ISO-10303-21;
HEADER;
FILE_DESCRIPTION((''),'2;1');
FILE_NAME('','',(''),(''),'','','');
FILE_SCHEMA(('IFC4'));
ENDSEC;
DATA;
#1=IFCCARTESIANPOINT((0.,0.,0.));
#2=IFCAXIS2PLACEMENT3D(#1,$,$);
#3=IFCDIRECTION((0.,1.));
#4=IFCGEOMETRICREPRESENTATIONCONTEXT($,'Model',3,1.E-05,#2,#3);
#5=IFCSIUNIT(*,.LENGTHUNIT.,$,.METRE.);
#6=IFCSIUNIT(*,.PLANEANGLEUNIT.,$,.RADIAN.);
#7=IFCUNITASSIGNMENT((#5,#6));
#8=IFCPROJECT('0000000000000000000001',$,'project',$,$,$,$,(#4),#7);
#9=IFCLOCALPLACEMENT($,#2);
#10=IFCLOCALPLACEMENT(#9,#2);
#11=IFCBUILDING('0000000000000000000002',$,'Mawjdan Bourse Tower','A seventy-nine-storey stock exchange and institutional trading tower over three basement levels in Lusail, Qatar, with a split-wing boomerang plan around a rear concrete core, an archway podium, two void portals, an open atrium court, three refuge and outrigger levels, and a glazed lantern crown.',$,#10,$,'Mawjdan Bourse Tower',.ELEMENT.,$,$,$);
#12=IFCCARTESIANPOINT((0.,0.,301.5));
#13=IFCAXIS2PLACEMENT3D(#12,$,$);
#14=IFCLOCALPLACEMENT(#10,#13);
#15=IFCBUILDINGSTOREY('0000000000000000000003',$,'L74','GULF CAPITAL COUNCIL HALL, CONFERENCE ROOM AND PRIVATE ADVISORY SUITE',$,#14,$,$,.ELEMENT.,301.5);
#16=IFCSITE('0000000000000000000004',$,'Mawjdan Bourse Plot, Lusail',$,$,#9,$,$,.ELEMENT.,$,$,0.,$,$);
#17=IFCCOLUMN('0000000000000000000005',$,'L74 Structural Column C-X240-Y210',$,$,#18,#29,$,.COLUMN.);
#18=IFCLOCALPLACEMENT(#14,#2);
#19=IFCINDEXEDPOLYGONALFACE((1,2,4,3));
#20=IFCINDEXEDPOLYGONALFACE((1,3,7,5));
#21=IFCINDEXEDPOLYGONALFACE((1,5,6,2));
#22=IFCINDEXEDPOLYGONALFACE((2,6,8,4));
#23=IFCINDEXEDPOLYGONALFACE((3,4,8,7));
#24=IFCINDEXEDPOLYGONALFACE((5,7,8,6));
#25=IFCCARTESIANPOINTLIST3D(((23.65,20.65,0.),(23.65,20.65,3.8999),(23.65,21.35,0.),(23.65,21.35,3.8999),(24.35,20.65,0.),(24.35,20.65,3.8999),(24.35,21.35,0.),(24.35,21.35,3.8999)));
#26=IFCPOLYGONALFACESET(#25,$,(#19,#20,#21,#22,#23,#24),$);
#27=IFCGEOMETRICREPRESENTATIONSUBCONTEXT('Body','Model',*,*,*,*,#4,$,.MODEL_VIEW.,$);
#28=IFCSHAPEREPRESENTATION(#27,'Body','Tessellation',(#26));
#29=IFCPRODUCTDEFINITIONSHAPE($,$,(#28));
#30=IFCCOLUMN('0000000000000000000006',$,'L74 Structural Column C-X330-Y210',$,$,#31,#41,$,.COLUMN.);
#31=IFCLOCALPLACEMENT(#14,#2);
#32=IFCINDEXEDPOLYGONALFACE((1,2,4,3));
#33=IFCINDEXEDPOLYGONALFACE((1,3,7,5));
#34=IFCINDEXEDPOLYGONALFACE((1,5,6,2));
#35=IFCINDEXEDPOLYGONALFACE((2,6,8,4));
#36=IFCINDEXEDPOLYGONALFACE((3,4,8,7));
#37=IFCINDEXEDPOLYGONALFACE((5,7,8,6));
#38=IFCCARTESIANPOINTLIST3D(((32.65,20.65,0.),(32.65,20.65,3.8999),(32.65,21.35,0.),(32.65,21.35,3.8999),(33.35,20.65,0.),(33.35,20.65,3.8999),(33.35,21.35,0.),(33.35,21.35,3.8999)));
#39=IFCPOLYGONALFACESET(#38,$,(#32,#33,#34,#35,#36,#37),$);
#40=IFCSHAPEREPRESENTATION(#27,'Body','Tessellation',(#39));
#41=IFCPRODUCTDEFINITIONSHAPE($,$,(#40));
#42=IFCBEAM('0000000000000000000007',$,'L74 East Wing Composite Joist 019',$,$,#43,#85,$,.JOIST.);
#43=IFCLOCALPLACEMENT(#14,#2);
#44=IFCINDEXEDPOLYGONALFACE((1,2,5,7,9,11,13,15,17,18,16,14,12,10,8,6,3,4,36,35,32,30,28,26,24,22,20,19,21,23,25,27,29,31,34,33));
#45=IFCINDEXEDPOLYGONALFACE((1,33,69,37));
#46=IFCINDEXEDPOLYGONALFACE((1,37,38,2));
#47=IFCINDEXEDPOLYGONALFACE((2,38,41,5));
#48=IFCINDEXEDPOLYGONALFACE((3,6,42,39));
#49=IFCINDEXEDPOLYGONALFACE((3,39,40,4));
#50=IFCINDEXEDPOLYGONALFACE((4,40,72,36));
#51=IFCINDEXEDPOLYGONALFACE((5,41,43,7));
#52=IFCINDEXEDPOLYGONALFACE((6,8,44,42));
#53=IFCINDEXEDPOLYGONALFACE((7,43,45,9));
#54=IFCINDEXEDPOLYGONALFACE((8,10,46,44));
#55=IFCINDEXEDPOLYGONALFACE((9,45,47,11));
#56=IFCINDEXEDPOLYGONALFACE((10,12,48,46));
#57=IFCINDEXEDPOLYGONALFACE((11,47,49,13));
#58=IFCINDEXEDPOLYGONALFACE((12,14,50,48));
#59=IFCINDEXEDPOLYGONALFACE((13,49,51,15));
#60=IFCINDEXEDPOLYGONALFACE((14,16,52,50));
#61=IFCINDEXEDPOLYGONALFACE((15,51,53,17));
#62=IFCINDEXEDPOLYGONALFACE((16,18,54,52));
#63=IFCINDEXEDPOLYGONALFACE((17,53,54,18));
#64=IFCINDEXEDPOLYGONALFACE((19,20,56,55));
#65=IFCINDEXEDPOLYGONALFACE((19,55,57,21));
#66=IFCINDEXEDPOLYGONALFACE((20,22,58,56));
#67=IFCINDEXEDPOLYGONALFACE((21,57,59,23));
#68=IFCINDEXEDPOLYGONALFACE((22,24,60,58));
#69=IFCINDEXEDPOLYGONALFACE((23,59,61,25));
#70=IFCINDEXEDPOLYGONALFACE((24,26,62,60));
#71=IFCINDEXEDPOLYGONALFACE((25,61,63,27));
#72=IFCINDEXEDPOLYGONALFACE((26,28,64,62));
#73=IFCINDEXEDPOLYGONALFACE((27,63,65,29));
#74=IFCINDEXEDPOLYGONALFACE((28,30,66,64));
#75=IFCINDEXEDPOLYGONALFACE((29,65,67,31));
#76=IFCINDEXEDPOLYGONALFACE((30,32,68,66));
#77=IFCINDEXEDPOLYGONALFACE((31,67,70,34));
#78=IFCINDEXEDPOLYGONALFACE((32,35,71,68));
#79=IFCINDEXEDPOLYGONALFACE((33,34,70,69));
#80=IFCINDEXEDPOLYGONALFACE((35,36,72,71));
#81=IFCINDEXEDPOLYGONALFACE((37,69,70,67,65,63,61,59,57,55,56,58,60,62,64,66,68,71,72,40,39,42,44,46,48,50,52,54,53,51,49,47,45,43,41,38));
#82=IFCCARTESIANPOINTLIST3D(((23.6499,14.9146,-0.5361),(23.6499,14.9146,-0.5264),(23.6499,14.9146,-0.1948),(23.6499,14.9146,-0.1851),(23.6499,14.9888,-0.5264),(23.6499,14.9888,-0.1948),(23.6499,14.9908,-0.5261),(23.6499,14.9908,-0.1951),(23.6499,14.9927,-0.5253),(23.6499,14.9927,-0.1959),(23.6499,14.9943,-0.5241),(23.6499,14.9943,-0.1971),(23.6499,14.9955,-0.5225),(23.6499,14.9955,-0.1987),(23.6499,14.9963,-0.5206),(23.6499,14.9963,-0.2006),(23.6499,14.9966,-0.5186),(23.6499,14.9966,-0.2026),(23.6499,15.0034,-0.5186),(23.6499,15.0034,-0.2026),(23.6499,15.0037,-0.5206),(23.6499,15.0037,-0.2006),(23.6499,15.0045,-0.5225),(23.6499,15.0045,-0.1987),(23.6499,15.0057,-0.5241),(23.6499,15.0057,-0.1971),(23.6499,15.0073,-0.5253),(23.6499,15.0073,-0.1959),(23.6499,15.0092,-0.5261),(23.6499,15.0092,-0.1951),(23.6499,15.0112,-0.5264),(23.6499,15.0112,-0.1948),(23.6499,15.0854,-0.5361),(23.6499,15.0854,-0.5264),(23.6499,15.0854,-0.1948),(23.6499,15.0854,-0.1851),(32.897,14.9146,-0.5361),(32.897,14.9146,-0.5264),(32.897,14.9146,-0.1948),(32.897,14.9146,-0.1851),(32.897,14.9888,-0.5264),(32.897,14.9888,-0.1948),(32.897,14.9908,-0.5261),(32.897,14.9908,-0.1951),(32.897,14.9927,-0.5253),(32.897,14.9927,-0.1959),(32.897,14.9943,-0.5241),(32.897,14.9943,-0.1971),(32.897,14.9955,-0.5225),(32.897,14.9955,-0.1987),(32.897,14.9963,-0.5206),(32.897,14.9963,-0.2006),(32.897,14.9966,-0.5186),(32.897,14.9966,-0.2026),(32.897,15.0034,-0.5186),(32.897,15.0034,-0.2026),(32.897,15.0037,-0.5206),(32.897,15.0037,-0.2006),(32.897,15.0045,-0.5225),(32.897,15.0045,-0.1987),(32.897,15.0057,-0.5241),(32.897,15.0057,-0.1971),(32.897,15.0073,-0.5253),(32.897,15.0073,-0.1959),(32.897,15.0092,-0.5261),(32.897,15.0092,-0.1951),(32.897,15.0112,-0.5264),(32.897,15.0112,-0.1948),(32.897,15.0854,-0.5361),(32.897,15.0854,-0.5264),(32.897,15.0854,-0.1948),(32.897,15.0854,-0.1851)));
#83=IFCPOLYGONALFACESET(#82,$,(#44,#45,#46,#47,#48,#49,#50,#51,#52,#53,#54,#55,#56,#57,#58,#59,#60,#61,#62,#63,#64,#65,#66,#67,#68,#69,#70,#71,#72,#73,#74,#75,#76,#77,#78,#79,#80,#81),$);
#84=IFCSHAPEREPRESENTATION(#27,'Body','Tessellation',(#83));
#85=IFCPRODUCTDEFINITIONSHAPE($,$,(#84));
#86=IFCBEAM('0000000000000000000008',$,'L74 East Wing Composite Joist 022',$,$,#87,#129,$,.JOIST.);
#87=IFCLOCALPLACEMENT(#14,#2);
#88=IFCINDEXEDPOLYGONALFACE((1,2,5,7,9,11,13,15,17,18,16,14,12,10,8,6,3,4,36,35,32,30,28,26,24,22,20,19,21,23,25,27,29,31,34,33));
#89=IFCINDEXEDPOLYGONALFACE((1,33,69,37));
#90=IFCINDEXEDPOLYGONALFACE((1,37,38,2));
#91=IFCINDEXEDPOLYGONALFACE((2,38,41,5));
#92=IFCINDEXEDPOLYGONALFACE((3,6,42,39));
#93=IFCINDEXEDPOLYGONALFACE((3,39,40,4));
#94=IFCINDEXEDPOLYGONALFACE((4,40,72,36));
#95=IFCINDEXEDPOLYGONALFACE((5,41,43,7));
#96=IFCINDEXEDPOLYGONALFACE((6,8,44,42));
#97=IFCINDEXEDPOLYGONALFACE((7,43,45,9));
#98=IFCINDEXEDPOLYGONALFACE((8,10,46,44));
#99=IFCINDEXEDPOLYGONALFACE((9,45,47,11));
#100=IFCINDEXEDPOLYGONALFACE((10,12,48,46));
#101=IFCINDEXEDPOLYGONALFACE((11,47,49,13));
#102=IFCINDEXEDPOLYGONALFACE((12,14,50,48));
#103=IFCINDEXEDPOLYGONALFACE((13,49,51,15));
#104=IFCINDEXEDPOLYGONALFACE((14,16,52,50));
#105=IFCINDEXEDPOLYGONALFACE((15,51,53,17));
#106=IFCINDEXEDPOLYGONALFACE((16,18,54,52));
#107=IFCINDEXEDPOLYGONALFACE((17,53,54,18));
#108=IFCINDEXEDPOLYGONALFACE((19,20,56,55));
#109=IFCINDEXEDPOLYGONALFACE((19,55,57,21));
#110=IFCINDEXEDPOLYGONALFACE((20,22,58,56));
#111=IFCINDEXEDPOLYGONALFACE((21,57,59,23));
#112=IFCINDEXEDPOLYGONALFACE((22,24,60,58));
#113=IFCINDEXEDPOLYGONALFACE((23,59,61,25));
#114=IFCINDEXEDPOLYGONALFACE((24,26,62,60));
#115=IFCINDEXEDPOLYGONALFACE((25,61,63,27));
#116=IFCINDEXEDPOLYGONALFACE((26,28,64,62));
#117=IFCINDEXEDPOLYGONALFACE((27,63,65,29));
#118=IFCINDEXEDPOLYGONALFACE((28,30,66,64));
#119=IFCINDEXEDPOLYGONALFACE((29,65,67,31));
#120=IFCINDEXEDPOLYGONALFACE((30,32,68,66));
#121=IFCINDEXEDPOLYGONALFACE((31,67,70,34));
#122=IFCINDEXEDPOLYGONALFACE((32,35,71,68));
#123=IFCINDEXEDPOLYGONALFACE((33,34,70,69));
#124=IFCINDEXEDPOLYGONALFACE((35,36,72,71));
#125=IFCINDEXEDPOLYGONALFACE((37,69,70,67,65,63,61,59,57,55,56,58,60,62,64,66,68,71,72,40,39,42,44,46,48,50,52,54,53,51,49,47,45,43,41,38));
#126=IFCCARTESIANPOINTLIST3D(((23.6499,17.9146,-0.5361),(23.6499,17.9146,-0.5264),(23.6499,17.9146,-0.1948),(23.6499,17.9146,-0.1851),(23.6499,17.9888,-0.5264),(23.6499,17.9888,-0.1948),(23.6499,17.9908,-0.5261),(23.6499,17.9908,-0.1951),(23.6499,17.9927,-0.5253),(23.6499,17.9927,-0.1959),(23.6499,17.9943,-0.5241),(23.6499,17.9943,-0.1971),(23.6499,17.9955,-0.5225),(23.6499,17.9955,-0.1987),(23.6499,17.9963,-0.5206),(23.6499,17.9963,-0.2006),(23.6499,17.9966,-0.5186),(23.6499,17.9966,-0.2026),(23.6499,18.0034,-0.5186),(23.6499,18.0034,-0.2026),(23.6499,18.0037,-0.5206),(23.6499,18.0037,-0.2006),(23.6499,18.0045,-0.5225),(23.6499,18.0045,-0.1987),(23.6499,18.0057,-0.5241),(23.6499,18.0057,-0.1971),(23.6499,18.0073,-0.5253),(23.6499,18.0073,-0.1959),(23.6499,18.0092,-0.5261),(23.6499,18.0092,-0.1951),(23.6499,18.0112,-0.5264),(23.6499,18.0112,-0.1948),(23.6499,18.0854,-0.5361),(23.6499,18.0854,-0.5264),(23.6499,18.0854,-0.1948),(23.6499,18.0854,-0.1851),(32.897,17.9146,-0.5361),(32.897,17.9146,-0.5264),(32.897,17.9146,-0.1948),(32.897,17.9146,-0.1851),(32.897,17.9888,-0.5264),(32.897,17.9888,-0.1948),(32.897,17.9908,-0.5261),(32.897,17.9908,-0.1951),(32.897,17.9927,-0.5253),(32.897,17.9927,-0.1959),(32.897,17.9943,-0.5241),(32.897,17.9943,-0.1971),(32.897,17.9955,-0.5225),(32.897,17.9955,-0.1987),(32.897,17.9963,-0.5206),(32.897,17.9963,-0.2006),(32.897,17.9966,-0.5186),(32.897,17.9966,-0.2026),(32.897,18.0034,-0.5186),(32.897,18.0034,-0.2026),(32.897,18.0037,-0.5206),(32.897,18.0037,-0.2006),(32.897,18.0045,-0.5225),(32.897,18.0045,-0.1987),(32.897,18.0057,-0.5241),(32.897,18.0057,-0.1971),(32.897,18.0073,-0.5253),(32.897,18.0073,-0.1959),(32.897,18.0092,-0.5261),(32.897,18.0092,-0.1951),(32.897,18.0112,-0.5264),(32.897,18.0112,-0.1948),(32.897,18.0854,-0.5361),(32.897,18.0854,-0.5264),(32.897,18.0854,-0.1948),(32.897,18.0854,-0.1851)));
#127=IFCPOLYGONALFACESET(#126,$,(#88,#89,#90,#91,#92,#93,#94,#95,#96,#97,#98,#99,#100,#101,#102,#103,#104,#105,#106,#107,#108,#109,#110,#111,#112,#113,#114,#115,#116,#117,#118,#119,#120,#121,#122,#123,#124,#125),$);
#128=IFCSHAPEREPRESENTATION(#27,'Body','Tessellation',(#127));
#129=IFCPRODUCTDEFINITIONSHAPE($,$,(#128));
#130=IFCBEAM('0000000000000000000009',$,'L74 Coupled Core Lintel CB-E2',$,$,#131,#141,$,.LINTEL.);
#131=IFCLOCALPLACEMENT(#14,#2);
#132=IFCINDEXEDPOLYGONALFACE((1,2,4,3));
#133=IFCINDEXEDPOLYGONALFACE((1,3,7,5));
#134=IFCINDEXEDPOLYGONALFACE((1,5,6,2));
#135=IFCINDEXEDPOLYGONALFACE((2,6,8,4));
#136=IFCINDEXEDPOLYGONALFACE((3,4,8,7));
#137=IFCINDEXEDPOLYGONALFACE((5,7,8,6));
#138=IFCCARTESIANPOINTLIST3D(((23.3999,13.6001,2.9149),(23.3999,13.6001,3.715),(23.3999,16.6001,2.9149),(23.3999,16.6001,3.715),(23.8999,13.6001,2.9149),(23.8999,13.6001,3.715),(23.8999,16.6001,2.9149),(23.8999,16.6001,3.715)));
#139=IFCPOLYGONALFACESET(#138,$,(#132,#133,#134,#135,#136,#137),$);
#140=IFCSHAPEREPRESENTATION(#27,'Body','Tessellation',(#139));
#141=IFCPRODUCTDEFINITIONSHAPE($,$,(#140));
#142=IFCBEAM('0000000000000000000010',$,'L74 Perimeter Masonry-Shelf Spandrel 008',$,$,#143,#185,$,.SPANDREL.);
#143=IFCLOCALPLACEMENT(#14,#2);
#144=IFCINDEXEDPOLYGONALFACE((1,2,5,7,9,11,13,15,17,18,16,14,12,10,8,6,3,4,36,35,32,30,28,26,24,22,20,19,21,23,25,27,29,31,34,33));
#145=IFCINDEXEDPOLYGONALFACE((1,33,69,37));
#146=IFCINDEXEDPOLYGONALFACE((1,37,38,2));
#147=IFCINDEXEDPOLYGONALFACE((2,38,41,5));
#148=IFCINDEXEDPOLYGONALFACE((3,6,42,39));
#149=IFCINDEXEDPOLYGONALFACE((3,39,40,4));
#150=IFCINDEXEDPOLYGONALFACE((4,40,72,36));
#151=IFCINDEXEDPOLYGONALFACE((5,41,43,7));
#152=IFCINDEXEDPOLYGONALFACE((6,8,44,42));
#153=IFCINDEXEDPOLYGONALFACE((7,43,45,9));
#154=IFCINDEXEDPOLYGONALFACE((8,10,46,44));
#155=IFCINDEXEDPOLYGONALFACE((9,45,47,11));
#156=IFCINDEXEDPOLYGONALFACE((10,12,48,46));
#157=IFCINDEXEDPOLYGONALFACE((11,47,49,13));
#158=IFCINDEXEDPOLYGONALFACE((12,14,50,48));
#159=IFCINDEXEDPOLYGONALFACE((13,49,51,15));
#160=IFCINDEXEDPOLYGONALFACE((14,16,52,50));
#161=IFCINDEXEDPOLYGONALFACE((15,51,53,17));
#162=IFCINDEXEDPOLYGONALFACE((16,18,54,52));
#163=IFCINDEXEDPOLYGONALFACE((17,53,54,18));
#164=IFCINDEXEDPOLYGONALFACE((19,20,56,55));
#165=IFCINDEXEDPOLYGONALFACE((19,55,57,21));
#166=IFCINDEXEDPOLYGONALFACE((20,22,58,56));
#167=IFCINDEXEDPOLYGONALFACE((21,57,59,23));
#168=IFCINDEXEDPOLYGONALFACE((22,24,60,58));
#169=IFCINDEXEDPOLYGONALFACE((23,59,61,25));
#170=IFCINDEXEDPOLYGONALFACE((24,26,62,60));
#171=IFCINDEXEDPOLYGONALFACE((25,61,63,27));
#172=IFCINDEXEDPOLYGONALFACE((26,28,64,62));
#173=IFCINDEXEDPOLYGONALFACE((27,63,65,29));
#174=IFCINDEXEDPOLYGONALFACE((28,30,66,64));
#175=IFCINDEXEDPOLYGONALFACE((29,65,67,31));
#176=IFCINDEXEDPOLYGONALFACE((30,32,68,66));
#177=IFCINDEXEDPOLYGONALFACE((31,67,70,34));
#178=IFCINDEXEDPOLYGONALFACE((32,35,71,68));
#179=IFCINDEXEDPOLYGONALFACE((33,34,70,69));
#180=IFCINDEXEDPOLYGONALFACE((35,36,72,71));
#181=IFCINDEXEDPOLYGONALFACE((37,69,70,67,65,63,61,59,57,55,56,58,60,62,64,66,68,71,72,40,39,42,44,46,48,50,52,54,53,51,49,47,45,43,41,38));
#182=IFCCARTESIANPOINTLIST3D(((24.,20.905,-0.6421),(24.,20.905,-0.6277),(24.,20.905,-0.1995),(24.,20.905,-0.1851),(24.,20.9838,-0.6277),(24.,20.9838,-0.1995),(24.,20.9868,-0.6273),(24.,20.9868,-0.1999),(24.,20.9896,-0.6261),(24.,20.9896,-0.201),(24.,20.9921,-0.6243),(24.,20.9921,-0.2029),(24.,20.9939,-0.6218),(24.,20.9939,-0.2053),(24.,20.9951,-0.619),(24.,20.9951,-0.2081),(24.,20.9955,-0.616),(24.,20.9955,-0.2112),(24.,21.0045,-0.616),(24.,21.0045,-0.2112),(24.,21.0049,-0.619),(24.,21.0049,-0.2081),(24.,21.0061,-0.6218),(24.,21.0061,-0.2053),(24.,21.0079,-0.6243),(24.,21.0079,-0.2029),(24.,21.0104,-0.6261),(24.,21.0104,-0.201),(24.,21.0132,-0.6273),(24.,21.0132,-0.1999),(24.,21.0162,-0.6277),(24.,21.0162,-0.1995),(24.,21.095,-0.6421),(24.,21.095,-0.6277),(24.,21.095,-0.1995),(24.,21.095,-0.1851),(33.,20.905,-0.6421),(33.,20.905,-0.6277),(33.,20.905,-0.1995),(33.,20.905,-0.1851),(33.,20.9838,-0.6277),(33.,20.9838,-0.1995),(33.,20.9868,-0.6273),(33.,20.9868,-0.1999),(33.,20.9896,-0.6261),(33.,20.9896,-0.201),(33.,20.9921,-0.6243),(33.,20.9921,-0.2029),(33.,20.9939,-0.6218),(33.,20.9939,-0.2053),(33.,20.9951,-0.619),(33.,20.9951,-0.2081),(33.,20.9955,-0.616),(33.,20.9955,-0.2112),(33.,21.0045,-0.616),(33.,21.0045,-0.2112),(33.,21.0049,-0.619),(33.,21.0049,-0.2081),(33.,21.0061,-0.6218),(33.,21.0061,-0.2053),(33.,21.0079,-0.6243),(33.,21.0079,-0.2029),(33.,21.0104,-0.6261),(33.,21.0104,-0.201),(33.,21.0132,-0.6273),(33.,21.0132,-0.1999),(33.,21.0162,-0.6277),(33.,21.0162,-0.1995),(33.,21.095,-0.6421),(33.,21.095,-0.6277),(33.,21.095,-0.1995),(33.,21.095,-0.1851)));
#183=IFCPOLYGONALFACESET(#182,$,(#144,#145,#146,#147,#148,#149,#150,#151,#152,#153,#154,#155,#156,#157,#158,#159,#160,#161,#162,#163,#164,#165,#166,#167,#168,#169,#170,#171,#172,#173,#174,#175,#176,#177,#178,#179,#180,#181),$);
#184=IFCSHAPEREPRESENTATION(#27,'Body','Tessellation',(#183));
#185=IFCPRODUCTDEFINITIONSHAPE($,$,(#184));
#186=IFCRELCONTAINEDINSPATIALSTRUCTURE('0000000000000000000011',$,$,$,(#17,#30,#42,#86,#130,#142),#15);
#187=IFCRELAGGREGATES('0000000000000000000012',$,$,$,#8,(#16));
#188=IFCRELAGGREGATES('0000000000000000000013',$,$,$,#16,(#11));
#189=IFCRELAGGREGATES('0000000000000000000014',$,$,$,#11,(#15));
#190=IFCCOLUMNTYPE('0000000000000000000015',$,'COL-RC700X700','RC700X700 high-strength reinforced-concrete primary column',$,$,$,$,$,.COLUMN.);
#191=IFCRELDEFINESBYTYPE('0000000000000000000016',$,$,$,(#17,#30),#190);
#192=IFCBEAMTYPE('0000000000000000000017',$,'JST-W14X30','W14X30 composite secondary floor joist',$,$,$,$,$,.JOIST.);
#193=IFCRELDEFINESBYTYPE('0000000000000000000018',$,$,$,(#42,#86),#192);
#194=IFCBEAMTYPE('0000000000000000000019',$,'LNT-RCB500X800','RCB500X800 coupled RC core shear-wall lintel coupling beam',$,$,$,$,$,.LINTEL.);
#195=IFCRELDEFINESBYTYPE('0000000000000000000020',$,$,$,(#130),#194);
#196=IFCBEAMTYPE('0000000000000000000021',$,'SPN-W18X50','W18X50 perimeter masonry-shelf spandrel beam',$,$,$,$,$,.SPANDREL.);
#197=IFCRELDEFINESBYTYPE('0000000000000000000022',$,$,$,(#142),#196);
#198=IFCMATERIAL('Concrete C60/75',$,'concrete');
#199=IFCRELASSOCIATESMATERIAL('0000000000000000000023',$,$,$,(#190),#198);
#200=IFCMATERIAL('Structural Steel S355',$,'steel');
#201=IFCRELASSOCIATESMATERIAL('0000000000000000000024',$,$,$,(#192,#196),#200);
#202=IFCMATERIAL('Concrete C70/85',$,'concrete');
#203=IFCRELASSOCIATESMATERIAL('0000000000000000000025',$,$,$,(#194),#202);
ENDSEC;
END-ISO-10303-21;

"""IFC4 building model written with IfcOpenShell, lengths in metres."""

from ifc_helpers import new_model, si_unit, direction, frame, origin, origin_2d, place, context, subcontext, project, spatial, rectangle, i_section, extrude, material, material_profile, profile_set, type_object, element, save


model = new_model("IFC4")

# Units and contexts
model_context = context("Model", 3, precision=1e-05, world=origin(), true_north=direction((0.0, 1.0)))
body_context = subcontext(model_context, "Body", "Model", "MODEL_VIEW")
ifc_project = project(units=[si_unit("LENGTHUNIT", "METRE"), si_unit("PLANEANGLEUNIT", "RADIAN")], contexts=[model_context])

# Site, building, storey
site_placement = place(None, origin())
site = spatial("IfcSite", under=ifc_project, at=site_placement, Name="Mawjdan Bourse Plot, Lusail", CompositionType="ELEMENT", RefElevation=0.0)
building_placement = place(site_placement, origin())
building = spatial("IfcBuilding", under=site, at=building_placement, Name="Mawjdan Bourse Tower", Description="A seventy-nine-storey stock exchange and institutional trading tower over three basement levels in Lusail, Qatar, with a split-wing boomerang plan around a rear concrete core, an archway podium, two void portals, an open atrium court, three refuge and outrigger levels, and a glazed lantern crown.", LongName="Mawjdan Bourse Tower", CompositionType="ELEMENT")
storey_placement = place(building_placement, frame((0.0, 0.0, 301.5)))
storey = spatial("IfcBuildingStorey", under=building, at=storey_placement, Name="L74", Description="GULF CAPITAL COUNCIL HALL, CONFERENCE ROOM AND PRIVATE ADVISORY SUITE", CompositionType="ELEMENT", Elevation=301.5)

# Columns
ifc_material_1 = material(Name="Concrete C60/75", Category="concrete")
ifc_material_profile_1 = material_profile(ifc_material_1, rectangle(XDim=0.7, YDim=0.7, at=origin_2d()), Name="RC700X700")
ifc_profile_set_1 = profile_set([ifc_material_profile_1], Name="Concrete C60/75")
column_type = type_object("IfcColumnType", Name="COL-RC700X700", Description="RC700X700 high-strength reinforced-concrete primary column", PredefinedType="COLUMN", material=ifc_profile_set_1)
for number, where, z_axis, x_axis, name in (
    (1, (24.0, 21.0, 0.0), (0.0, 0.0, 1.0), (1.0, 0.0, 0.0), "L74 Structural Column C-X240-Y210"),
    (2, (33.0, 21.0, 0.0), (0.0, 0.0, 1.0), (1.0, 0.0, 0.0), "L74 Structural Column C-X330-Y210"),
):
    element("IfcColumn", number, at=place(storey_placement, frame(where, z_axis=z_axis, x_axis=x_axis)), inside=storey, type_object=column_type, Name=name, PredefinedType="COLUMN", context=body_context, shape_type="SweptSolid", body=[
        extrude(rectangle(XDim=0.7, YDim=0.7, at=origin_2d()), origin(), (0.0, 0.0, 1.0), 3.8999),
    ])

# Beams
ifc_material_2 = material(Name="Structural Steel S355", Category="steel")
ifc_material_profile_2 = material_profile(ifc_material_2, i_section(OverallWidth=0.1709, OverallDepth=0.3511, WebThickness=0.0068, FlangeThickness=0.0098, FilletRadius=0.0078, at=origin_2d()), Name="W14X30")
ifc_profile_set_2 = profile_set([ifc_material_profile_2], Name="Structural Steel S355")
beam_type_1 = type_object("IfcBeamType", Name="JST-W14X30", Description="W14X30 composite secondary floor joist", PredefinedType="JOIST", material=ifc_profile_set_2)
for number, where, z_axis, x_axis, name in (
    (3, (23.6499, 15.0, -0.3606), (1.0, 0.0, 0.0), (0.0, 1.0, 0.0), "L74 East Wing Composite Joist 019"),
    (4, (23.6499, 18.0, -0.3606), (1.0, 0.0, 0.0), (0.0, 1.0, 0.0), "L74 East Wing Composite Joist 022"),
):
    element("IfcBeam", number, at=place(storey_placement, frame(where, z_axis=z_axis, x_axis=x_axis)), inside=storey, type_object=beam_type_1, Name=name, PredefinedType="JOIST", context=body_context, shape_type="SweptSolid", body=[
        extrude(i_section(OverallWidth=0.1709, OverallDepth=0.3511, WebThickness=0.0068, FlangeThickness=0.0098, FilletRadius=0.0078, at=origin_2d()), origin(), (0.0, 0.0, 1.0), 9.2471),
    ])
ifc_material_3 = material(Name="Concrete C70/85", Category="concrete")
ifc_material_profile_3 = material_profile(ifc_material_3, rectangle(XDim=0.5, YDim=0.8, at=origin_2d()), Name="RCB500X800")
ifc_profile_set_3 = profile_set([ifc_material_profile_3], Name="Concrete C70/85")
beam_type_2 = type_object("IfcBeamType", Name="LNT-RCB500X800", Description="RCB500X800 coupled RC core shear-wall lintel coupling beam", PredefinedType="LINTEL", material=ifc_profile_set_3)
beam_1_placement = place(storey_placement, frame((23.6499, 13.6001, 3.3149), z_axis=(0.0, 1.0, 0.0), x_axis=(-1.0, 0.0, 0.0)))
element("IfcBeam", 5, at=beam_1_placement, inside=storey, type_object=beam_type_2, Name="L74 Coupled Core Lintel CB-E2", PredefinedType="LINTEL", context=body_context, shape_type="SweptSolid", body=[
    extrude(rectangle(XDim=0.5, YDim=0.8, at=origin_2d()), origin(), (0.0, 0.0, 1.0), 3.0),
])
ifc_material_profile_4 = material_profile(ifc_material_2, i_section(OverallWidth=0.1899, OverallDepth=0.457, WebThickness=0.009, FlangeThickness=0.0144, FilletRadius=0.0117, at=origin_2d()), Name="W18X50")
ifc_profile_set_4 = profile_set([ifc_material_profile_4], Name="Structural Steel S355")
beam_type_3 = type_object("IfcBeamType", Name="SPN-W18X50", Description="W18X50 perimeter masonry-shelf spandrel beam", PredefinedType="SPANDREL", material=ifc_profile_set_4)
beam_2_placement = place(storey_placement, frame((24.0, 21.0, -0.4136), z_axis=(1.0, 0.0, 0.0), x_axis=(0.0, 1.0, 0.0)))
element("IfcBeam", 6, at=beam_2_placement, inside=storey, type_object=beam_type_3, Name="L74 Perimeter Masonry-Shelf Spandrel 008", PredefinedType="SPANDREL", context=body_context, shape_type="SweptSolid", body=[
    extrude(i_section(OverallWidth=0.1899, OverallDepth=0.457, WebThickness=0.009, FlangeThickness=0.0144, FilletRadius=0.0117, at=origin_2d()), origin(), (0.0, 0.0, 1.0), 9.0),
])

save(model, "model.ifc")
